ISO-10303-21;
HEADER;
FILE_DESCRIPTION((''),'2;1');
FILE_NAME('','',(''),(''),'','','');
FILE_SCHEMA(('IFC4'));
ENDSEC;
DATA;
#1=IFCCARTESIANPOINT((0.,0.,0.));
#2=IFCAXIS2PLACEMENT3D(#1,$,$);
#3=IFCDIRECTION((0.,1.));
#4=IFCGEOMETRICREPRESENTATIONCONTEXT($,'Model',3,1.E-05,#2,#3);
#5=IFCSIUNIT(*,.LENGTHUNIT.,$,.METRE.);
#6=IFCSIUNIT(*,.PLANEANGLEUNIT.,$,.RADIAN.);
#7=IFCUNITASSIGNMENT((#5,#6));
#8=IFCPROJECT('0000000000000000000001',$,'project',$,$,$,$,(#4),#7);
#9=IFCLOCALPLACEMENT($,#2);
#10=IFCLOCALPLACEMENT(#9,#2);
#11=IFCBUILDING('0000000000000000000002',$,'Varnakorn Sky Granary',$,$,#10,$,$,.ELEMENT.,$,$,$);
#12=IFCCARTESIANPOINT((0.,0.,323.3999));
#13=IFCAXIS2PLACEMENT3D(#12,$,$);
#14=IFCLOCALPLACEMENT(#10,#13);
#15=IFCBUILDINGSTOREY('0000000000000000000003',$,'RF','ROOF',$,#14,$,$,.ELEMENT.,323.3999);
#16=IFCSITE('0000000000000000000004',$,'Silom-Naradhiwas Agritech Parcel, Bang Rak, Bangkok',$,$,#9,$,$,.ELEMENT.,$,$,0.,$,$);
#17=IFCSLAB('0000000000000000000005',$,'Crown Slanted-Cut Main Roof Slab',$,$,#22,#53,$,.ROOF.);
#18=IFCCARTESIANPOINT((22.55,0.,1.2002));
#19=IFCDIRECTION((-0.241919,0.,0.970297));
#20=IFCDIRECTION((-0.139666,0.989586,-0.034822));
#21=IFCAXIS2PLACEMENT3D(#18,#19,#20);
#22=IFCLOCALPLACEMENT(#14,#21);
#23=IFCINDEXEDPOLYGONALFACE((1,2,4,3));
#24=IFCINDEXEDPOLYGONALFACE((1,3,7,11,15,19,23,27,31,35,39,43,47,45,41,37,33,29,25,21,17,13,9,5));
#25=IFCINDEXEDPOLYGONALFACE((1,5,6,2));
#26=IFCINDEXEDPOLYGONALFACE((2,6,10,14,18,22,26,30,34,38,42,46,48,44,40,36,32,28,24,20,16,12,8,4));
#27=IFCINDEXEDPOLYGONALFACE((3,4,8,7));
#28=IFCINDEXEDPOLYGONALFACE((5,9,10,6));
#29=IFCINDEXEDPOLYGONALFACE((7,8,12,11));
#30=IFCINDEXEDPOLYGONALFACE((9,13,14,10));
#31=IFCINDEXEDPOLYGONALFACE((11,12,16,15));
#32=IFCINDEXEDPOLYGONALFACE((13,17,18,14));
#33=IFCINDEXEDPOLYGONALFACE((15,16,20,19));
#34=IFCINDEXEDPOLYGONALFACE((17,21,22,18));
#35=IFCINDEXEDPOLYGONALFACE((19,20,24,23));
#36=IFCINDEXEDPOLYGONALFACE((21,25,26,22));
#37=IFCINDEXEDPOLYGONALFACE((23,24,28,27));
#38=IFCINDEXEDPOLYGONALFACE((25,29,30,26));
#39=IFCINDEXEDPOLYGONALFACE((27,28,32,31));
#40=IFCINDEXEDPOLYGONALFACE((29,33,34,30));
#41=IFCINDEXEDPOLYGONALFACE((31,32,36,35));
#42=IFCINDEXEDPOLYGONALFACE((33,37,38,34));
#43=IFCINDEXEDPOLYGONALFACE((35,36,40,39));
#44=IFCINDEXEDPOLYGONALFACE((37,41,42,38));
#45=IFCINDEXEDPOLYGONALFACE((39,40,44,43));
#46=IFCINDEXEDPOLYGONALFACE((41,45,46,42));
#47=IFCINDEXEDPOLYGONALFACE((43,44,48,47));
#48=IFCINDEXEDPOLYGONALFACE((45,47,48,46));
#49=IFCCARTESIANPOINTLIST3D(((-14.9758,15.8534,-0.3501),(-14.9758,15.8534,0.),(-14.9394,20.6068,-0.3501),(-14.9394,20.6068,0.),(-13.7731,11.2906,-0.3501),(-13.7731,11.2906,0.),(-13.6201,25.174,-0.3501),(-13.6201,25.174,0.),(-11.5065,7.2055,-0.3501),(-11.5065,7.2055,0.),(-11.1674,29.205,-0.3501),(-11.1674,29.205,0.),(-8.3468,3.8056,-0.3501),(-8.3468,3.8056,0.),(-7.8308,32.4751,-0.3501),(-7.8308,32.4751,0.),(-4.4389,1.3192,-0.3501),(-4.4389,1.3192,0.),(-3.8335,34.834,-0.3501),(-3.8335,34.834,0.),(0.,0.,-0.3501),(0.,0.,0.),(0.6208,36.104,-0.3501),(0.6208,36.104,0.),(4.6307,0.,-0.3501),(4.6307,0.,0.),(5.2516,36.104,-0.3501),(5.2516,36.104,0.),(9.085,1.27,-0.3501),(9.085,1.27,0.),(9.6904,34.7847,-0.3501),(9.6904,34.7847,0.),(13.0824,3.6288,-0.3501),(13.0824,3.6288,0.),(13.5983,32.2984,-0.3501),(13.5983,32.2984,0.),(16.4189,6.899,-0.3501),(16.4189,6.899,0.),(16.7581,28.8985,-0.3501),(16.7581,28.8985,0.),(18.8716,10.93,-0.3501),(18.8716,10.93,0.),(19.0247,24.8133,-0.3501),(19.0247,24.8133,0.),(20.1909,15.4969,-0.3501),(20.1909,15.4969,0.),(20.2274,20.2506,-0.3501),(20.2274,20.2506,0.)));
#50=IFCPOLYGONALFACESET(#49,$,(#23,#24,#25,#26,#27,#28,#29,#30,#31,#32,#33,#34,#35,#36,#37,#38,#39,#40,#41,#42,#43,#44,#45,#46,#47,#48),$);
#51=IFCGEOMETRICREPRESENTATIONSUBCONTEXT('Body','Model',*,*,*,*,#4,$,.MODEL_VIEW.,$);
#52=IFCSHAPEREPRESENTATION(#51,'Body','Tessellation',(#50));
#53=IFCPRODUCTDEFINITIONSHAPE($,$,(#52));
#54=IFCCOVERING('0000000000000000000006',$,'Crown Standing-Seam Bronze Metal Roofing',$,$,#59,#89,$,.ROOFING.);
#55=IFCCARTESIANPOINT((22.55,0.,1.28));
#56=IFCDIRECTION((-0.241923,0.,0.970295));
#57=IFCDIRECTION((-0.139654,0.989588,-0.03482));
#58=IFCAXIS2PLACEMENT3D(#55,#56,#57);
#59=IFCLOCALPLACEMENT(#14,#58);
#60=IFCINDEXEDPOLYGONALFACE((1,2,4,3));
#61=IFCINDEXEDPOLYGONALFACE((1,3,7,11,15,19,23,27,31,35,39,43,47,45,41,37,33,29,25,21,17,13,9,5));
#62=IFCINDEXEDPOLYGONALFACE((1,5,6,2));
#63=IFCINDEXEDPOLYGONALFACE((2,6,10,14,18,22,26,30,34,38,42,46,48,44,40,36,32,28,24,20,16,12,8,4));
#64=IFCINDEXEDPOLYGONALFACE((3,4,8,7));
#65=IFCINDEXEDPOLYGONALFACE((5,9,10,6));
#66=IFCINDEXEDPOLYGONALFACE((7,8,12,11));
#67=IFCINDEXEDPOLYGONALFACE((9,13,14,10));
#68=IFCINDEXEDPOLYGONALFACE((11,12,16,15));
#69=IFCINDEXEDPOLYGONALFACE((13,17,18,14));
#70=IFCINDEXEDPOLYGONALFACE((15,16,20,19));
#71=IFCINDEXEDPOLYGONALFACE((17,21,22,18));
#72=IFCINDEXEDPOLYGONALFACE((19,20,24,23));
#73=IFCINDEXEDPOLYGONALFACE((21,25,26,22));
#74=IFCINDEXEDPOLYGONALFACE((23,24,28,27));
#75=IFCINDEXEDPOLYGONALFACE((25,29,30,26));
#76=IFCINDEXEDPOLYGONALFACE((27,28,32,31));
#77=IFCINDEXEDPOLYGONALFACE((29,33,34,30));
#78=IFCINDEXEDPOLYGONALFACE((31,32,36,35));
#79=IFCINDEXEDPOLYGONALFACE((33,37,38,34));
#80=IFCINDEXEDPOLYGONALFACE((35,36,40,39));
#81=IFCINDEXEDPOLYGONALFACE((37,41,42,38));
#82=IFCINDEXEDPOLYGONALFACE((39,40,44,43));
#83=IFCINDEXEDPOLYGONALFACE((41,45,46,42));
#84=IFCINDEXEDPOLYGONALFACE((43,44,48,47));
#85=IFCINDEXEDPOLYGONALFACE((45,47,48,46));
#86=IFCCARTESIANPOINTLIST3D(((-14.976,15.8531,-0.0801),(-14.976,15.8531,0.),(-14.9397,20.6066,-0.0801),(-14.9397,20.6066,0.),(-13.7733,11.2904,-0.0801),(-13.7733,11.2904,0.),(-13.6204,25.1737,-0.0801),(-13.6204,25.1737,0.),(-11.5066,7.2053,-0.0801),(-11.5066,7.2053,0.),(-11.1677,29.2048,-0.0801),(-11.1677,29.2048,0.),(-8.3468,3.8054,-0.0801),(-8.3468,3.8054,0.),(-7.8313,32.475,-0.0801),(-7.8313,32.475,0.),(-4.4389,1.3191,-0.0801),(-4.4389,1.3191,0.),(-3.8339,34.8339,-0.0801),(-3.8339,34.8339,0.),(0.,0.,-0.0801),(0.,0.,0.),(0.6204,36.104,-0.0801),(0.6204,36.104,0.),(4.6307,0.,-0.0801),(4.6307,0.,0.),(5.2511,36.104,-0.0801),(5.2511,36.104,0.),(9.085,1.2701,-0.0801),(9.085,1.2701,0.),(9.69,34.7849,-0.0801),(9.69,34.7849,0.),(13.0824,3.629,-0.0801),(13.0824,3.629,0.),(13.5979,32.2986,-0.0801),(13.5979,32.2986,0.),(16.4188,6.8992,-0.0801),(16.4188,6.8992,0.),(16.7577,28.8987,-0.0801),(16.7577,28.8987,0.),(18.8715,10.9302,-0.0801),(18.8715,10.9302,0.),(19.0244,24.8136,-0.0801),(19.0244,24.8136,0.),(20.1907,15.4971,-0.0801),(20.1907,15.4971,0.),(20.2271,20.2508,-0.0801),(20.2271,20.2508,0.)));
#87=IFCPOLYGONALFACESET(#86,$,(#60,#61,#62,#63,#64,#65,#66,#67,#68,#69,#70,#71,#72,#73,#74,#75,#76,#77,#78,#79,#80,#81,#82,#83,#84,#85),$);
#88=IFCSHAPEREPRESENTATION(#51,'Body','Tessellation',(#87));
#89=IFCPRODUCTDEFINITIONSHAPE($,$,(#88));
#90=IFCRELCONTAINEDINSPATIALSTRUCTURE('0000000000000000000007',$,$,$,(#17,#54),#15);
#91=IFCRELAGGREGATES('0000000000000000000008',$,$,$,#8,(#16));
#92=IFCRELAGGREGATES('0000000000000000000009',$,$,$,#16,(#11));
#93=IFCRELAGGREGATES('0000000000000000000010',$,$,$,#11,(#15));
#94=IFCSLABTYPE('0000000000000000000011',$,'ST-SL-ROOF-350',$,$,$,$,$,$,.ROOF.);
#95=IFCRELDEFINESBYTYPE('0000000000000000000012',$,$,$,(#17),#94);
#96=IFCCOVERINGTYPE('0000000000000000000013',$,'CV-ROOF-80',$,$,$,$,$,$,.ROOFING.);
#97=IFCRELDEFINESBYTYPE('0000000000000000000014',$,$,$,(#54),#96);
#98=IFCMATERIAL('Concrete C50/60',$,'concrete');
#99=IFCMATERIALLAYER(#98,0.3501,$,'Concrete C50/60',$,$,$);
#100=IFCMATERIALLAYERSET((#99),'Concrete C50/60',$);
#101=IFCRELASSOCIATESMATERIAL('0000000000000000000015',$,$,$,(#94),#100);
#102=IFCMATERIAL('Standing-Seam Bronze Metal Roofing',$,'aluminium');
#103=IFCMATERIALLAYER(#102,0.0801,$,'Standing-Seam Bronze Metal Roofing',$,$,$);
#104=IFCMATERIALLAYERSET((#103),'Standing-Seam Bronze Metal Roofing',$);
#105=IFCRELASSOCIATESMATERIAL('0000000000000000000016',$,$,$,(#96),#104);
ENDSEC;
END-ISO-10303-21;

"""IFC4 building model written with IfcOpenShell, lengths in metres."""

from ifc_helpers import new_model, si_unit, direction, frame, origin, place, context, subcontext, project, spatial, polyline, outline, extrude, material, layer, layer_set, type_object, element, save


model = new_model("IFC4")

# Units and contexts
model_context = context("Model", 3, precision=1e-05, world=origin(), true_north=direction((0.0, 1.0)))
body_context = subcontext(model_context, "Body", "Model", "MODEL_VIEW")
ifc_project = project(units=[si_unit("LENGTHUNIT", "METRE"), si_unit("PLANEANGLEUNIT", "RADIAN")], contexts=[model_context])

# Site, building, storey
site_placement = place(None, origin())
site = spatial("IfcSite", under=ifc_project, at=site_placement, Name="Silom-Naradhiwas Agritech Parcel, Bang Rak, Bangkok", CompositionType="ELEMENT", RefElevation=0.0)
building_placement = place(site_placement, origin())
building = spatial("IfcBuilding", under=site, at=building_placement, Name="Varnakorn Sky Granary", CompositionType="ELEMENT")
storey_placement = place(building_placement, frame((0.0, 0.0, 323.3999)))
storey = spatial("IfcBuildingStorey", under=building, at=storey_placement, Name="RF", Description="ROOF", CompositionType="ELEMENT", Elevation=323.3999)

# Slab
ifc_material_1 = material(Name="Concrete C50/60", Category="concrete")
ifc_layer_1 = layer(ifc_material_1, 0.3501, Name="Concrete C50/60")
ifc_layer_set_1 = layer_set([ifc_layer_1], Name="Concrete C50/60")
slab_type = type_object("IfcSlabType", Name="ST-SL-ROOF-350", PredefinedType="ROOF", material=ifc_layer_set_1)
slab_placement = place(storey_placement, frame((22.55, 0.0, 1.2002), z_axis=(-0.241919, 0.0, 0.970297), x_axis=(-0.139666, 0.989586, -0.034822)))
element("IfcSlab", 1, at=slab_placement, inside=storey, type_object=slab_type, Name="Crown Slanted-Cut Main Roof Slab", PredefinedType="ROOF", context=body_context, shape_type="SweptSolid", body=[
    extrude(outline(polyline([(0.0, 0.0), (4.6307, 0.0), (9.085, 1.27), (13.0824, 3.6288), (16.4189, 6.899), (18.8716, 10.93), (20.1909, 15.4969), (20.2274, 20.2506), (19.0247, 24.8133), (16.7581, 28.8985), (13.5983, 32.2984), (9.6904, 34.7847), (5.2516, 36.104), (0.6208, 36.104), (-3.8335, 34.834), (-7.8308, 32.4751), (-11.1674, 29.205), (-13.6201, 25.174), (-14.9394, 20.6068), (-14.9758, 15.8534), (-13.7731, 11.2906), (-11.5065, 7.2055), (-8.3468, 3.8056), (-4.4389, 1.3192), (0.0, 0.0)])), origin(), (0.0, 0.0, -1.0), 0.3501),
])

# Covering
ifc_material_2 = material(Name="Standing-Seam Bronze Metal Roofing", Category="aluminium")
ifc_layer_2 = layer(ifc_material_2, 0.0801, Name="Standing-Seam Bronze Metal Roofing")
ifc_layer_set_2 = layer_set([ifc_layer_2], Name="Standing-Seam Bronze Metal Roofing")
covering_type = type_object("IfcCoveringType", Name="CV-ROOF-80", PredefinedType="ROOFING", material=ifc_layer_set_2)
covering_placement = place(storey_placement, frame((22.55, 0.0, 1.28), z_axis=(-0.241923, 0.0, 0.970295), x_axis=(-0.139654, 0.989588, -0.03482)))
element("IfcCovering", 2, at=covering_placement, inside=storey, type_object=covering_type, Name="Crown Standing-Seam Bronze Metal Roofing", PredefinedType="ROOFING", context=body_context, shape_type="SweptSolid", body=[
    extrude(outline(polyline([(0.0, 0.0), (4.6307, 0.0), (9.085, 1.2701), (13.0824, 3.629), (16.4188, 6.8992), (18.8715, 10.9302), (20.1907, 15.4971), (20.2271, 20.2508), (19.0244, 24.8136), (16.7577, 28.8987), (13.5979, 32.2986), (9.69, 34.7849), (5.2511, 36.104), (0.6204, 36.104), (-3.8339, 34.8339), (-7.8313, 32.475), (-11.1677, 29.2048), (-13.6204, 25.1737), (-14.9397, 20.6066), (-14.976, 15.8531), (-13.7733, 11.2904), (-11.5066, 7.2053), (-8.3468, 3.8054), (-4.4389, 1.3191), (0.0, 0.0)])), origin(), (0.0, 0.0, -1.0), 0.0801),
])

save(model, "model.ifc")
